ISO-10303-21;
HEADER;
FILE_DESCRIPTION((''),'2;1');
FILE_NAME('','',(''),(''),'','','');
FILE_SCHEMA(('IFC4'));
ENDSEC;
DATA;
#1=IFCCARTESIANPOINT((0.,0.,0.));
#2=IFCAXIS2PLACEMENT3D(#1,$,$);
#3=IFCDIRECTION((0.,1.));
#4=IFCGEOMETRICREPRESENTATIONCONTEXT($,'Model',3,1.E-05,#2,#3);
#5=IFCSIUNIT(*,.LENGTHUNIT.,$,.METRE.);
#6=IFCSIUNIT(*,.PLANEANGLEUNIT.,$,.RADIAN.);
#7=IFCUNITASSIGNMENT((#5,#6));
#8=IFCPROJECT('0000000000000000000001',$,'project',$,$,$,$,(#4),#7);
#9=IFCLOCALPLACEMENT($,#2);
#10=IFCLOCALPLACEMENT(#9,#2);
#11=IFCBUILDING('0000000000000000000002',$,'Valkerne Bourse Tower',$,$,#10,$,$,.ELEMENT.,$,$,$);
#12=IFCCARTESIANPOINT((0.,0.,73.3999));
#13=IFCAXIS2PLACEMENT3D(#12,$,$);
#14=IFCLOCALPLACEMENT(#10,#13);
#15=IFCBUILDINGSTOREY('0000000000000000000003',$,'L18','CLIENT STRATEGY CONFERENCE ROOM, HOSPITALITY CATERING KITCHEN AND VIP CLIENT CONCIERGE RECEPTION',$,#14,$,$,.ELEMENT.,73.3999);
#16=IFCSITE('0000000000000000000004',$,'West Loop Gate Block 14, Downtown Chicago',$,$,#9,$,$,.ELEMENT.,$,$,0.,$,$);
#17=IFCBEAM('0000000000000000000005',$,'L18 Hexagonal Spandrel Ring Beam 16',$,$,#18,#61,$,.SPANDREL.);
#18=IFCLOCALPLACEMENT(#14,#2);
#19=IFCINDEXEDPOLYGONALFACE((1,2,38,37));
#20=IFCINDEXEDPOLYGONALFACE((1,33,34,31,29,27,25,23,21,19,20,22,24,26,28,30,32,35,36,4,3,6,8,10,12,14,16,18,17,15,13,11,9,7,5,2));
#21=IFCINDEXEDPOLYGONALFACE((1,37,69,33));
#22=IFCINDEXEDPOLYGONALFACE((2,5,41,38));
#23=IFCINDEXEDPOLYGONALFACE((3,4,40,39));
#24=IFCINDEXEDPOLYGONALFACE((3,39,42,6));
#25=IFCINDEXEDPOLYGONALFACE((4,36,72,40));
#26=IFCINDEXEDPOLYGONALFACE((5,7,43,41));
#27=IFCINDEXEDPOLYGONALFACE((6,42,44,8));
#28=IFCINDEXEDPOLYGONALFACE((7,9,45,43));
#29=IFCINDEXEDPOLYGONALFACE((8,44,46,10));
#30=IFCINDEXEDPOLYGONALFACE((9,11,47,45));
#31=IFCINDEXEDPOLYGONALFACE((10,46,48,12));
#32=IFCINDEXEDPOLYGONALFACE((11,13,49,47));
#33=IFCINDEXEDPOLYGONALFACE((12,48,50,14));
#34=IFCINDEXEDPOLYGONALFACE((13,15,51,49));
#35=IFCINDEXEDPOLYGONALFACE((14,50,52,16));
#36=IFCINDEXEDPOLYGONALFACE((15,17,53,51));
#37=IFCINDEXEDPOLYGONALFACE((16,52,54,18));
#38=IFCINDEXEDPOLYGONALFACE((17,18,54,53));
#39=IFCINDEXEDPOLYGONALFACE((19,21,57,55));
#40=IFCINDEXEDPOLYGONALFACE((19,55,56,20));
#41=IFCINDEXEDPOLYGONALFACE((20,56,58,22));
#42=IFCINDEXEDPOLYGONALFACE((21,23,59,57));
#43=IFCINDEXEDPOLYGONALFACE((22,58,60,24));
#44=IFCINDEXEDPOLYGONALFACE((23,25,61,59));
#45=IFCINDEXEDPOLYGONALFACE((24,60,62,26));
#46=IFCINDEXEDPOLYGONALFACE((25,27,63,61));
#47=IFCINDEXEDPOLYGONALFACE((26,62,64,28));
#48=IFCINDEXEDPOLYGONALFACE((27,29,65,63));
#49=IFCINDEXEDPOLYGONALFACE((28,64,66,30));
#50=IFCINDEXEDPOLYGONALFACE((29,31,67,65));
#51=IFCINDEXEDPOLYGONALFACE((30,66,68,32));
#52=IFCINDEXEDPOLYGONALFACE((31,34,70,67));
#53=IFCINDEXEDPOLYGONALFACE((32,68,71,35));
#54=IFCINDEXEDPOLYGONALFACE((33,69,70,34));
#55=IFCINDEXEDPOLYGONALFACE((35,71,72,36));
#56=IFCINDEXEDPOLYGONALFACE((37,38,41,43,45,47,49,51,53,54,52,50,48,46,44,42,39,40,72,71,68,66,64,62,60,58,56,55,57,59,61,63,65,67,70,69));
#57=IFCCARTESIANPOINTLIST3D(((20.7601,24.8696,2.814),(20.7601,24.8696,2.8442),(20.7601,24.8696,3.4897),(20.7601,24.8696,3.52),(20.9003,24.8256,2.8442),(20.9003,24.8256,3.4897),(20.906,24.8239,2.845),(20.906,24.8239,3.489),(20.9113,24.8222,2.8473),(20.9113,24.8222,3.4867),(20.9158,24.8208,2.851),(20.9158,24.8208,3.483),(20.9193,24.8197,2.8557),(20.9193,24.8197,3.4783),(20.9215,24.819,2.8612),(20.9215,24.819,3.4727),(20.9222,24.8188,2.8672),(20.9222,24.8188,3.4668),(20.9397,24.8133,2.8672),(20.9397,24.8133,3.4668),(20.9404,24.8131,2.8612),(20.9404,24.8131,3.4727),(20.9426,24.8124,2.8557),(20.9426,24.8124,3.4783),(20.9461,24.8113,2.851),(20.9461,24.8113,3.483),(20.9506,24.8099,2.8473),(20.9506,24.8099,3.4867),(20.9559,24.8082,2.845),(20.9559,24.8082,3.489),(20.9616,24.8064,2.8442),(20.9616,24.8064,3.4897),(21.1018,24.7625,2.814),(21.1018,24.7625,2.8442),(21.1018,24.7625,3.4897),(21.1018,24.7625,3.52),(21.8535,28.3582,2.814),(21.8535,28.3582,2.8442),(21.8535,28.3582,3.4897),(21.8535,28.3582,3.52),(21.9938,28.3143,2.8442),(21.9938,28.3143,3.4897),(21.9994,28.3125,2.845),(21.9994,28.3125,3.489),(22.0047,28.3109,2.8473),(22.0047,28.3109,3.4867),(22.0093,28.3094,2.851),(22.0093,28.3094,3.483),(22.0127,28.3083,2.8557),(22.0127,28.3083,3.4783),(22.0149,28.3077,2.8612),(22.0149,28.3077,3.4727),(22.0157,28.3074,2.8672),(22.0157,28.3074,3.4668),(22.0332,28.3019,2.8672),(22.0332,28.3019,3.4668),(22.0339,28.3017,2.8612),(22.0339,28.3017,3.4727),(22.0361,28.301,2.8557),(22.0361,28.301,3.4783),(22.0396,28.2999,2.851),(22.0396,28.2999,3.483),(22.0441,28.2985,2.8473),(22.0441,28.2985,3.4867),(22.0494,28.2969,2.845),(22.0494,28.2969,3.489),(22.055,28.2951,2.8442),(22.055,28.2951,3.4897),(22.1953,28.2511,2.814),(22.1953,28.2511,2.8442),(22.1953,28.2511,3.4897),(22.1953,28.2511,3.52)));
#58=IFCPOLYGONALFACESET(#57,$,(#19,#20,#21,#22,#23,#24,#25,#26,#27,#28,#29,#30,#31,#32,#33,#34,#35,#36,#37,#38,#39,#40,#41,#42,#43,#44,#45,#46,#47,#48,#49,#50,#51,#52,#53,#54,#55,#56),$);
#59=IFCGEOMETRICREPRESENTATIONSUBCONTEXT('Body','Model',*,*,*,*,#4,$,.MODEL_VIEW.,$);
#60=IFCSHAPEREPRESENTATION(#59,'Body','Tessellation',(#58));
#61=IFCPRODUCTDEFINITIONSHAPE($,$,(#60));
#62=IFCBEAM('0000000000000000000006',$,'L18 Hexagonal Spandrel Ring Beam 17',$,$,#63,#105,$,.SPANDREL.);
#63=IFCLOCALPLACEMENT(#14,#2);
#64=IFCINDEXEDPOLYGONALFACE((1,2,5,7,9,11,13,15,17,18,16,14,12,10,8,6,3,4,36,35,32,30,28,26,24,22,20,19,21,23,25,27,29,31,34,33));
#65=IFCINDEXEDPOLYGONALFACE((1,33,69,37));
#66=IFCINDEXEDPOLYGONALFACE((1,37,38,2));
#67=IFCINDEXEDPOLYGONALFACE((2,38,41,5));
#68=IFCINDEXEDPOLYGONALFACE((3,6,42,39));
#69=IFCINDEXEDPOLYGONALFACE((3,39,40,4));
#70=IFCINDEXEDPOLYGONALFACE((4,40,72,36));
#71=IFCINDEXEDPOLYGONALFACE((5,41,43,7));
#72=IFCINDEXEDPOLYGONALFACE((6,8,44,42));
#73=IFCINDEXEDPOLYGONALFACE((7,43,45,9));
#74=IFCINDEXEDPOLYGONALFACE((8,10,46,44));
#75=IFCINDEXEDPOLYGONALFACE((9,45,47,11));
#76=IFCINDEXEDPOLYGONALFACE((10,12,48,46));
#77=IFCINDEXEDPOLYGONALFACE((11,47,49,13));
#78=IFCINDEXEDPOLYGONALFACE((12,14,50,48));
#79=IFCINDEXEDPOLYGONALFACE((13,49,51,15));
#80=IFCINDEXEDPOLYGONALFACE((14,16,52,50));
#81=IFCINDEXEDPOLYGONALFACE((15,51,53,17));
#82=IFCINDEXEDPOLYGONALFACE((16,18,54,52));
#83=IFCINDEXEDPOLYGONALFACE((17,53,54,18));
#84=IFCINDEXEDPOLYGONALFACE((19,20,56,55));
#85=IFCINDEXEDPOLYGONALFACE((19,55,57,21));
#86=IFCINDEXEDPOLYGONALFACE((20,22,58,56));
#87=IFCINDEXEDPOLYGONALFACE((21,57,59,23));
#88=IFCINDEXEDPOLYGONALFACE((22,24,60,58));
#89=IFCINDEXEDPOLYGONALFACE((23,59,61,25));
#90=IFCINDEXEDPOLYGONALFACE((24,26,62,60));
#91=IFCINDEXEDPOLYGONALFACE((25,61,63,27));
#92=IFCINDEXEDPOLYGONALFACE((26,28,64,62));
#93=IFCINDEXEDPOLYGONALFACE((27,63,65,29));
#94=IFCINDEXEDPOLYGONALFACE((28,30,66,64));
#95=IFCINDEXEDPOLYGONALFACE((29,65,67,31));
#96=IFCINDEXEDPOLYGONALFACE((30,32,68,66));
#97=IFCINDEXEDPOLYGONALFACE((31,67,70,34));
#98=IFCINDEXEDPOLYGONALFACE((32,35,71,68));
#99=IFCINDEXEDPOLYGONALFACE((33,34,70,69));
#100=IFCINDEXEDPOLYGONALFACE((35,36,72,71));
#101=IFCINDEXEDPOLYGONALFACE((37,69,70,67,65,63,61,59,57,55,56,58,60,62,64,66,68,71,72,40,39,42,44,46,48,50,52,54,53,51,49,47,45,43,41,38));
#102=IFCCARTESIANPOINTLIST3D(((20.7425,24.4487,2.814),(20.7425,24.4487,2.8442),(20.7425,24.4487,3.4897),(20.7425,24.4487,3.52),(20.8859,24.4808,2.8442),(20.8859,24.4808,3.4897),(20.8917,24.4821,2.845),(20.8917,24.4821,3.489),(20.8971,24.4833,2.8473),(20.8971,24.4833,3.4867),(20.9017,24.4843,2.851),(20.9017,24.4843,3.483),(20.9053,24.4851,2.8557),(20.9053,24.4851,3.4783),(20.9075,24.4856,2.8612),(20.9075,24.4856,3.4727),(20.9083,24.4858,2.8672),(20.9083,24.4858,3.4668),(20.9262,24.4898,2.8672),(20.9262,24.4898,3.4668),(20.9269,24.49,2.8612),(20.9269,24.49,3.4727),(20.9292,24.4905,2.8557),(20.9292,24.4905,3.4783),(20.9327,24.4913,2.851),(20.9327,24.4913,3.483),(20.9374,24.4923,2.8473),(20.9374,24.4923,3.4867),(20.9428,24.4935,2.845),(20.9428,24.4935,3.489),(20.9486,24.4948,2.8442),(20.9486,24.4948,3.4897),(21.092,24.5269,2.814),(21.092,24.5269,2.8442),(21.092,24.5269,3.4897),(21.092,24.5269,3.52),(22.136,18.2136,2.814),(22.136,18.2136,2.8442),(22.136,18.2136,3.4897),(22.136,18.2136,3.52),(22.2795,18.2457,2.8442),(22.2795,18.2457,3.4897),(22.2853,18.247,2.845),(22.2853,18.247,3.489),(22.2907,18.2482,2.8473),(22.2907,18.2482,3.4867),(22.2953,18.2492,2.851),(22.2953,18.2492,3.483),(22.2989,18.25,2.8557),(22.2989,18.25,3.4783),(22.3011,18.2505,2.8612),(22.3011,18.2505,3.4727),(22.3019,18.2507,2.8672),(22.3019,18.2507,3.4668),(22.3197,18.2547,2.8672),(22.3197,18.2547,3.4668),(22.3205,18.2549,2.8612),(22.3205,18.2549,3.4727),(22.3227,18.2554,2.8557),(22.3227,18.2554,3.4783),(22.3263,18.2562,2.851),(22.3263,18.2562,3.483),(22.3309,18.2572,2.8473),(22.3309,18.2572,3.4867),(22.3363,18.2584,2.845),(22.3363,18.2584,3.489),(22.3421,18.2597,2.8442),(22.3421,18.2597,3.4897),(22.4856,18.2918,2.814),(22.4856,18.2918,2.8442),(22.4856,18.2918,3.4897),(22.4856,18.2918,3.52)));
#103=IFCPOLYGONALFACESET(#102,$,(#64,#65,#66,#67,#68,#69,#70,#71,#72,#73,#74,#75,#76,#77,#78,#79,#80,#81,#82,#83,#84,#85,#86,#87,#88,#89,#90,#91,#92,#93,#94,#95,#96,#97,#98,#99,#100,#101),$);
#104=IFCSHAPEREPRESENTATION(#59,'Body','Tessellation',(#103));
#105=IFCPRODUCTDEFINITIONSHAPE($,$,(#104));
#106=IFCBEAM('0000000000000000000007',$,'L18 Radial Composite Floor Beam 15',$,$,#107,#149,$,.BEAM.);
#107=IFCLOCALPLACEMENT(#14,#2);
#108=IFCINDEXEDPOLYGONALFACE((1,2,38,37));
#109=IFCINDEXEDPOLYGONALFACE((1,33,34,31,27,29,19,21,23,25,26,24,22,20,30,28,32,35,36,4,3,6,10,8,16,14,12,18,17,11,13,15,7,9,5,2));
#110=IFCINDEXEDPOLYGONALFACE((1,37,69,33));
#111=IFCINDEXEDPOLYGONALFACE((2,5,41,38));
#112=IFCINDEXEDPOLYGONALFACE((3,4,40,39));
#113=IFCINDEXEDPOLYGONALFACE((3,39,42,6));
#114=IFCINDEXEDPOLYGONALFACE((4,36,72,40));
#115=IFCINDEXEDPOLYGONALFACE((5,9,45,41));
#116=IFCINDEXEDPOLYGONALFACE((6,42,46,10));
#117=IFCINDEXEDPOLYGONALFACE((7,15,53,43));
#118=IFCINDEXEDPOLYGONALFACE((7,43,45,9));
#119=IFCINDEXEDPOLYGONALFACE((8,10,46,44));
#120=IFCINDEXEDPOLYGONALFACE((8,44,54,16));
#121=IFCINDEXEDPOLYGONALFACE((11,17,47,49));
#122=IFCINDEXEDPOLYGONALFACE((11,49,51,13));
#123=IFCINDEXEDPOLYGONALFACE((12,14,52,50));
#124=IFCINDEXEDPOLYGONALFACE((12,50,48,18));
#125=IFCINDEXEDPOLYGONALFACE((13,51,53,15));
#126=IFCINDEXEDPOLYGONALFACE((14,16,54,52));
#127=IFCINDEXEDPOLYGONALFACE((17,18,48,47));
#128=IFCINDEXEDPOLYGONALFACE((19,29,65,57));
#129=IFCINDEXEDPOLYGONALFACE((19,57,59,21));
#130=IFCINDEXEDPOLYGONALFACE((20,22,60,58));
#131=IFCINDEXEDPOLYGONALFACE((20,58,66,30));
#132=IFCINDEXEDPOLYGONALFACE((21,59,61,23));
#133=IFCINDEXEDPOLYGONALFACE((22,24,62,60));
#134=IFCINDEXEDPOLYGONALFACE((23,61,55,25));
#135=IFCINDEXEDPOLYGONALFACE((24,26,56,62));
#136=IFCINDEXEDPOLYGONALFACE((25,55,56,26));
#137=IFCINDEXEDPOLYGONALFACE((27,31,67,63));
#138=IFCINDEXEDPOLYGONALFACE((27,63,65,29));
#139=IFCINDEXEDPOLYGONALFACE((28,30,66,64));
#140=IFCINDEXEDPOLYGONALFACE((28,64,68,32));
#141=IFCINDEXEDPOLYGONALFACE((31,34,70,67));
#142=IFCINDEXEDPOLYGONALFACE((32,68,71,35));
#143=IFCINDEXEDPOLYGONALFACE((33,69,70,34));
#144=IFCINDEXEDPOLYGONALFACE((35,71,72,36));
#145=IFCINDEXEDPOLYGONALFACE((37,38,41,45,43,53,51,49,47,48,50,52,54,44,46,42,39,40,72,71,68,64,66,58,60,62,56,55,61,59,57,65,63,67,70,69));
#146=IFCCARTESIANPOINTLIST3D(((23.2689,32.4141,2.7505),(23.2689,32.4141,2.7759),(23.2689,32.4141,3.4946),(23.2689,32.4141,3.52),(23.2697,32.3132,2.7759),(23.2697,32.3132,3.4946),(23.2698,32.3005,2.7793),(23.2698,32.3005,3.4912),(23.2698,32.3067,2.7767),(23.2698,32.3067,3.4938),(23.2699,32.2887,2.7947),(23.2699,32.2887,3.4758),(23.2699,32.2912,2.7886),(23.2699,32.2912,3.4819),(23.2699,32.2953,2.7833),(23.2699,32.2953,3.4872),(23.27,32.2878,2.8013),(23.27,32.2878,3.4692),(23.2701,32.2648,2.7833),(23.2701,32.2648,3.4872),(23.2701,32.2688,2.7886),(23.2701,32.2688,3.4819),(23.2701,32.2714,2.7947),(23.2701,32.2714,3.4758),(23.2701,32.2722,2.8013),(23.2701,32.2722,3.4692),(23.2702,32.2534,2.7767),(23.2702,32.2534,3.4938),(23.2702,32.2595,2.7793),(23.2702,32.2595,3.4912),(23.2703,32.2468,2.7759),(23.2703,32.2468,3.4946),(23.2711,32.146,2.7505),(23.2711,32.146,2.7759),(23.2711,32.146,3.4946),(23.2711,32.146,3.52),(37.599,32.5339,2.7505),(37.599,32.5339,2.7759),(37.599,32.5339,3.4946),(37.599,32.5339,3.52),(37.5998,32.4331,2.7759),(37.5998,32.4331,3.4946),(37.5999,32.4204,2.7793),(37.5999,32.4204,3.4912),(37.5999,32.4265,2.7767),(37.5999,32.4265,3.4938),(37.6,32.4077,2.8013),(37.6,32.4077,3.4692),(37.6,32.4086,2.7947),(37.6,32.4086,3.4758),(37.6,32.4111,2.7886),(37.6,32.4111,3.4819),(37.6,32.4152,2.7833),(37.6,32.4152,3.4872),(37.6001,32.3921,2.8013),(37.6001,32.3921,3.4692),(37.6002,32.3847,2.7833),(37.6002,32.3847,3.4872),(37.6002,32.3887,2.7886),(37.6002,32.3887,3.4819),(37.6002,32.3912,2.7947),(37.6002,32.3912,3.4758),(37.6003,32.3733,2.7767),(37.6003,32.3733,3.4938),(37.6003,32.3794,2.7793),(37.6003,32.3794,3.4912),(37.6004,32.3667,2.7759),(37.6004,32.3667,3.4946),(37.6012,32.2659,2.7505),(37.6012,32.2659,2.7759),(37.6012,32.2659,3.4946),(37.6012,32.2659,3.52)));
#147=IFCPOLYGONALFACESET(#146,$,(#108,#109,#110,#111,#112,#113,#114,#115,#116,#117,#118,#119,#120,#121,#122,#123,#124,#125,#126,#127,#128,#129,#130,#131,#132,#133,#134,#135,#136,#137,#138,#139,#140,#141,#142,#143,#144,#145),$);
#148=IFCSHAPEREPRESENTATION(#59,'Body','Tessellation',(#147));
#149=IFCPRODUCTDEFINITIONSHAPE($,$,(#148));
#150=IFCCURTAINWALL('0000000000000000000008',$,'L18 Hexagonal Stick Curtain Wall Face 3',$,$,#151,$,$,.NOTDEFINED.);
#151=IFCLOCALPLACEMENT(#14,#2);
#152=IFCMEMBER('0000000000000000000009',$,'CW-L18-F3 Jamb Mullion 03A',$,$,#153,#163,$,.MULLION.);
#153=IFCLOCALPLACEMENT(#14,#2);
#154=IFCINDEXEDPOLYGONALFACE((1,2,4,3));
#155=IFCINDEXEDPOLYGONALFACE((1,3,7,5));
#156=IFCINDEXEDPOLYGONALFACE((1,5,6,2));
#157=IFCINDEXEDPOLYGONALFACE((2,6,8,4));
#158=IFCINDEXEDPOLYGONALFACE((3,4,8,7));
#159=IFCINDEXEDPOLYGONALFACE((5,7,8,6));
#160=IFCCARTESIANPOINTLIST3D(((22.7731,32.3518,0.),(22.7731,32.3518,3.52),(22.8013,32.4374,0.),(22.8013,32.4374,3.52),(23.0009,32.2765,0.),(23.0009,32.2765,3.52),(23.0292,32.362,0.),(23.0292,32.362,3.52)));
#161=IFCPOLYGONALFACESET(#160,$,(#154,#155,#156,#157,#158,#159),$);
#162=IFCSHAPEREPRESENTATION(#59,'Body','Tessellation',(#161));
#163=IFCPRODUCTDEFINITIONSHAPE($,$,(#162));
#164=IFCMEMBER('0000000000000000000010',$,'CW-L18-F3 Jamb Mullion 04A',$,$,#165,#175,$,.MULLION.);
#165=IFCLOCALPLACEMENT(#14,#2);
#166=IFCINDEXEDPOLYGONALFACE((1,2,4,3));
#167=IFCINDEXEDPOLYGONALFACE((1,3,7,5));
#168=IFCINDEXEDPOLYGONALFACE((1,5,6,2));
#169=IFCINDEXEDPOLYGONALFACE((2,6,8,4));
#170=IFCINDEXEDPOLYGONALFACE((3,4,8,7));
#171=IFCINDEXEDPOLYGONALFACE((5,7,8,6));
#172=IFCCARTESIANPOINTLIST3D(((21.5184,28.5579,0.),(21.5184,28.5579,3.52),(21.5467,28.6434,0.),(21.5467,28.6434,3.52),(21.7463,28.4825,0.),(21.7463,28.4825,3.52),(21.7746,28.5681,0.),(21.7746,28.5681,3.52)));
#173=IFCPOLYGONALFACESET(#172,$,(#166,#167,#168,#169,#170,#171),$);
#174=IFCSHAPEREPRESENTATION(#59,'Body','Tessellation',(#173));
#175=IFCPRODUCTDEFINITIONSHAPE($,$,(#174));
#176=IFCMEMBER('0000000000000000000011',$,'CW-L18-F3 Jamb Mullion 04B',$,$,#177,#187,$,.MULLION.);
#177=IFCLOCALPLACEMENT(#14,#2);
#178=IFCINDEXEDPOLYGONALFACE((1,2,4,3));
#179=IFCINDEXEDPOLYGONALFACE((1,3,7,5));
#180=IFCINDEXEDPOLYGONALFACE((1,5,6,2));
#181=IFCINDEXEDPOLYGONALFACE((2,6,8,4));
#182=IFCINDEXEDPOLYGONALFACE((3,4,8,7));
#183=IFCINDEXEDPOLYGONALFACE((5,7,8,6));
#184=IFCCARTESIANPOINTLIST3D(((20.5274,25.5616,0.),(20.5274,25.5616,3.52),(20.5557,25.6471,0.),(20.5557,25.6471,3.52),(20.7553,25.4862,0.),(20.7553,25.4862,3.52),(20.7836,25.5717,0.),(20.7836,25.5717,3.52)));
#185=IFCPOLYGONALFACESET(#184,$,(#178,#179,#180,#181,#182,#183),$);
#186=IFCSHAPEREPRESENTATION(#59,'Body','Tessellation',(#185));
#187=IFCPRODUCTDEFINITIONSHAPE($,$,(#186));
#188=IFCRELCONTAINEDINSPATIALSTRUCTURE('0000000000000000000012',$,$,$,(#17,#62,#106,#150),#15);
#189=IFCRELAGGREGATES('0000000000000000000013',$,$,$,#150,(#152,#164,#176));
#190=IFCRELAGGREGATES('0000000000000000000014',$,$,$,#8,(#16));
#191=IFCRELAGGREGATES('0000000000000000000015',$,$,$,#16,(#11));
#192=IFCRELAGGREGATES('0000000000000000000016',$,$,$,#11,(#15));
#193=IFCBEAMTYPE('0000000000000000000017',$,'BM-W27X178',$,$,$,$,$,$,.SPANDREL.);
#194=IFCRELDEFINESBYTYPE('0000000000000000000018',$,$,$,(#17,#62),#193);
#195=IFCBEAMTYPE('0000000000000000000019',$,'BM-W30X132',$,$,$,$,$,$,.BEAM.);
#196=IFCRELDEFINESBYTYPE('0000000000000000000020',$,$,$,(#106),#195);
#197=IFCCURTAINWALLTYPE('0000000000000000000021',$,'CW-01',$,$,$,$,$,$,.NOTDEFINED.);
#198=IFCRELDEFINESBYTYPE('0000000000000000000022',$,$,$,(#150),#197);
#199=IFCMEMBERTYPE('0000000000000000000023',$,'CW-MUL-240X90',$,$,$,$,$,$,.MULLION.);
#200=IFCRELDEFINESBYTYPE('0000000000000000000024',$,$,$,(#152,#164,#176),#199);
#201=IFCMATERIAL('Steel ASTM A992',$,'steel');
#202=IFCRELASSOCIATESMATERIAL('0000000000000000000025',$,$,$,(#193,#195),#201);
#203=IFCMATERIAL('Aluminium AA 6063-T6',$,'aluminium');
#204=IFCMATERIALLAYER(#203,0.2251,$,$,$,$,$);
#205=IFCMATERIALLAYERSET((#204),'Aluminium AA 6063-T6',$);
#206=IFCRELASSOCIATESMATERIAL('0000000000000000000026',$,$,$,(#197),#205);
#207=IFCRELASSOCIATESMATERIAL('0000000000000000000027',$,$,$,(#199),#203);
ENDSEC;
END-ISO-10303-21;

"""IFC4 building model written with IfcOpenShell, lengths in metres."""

from ifc_helpers import new_model, si_unit, direction, frame, origin, origin_2d, place, context, subcontext, project, spatial, rectangle, i_section, extrude, material, layer, layer_set, material_profile, profile_set, type_object, element, aggregate, save


model = new_model("IFC4")

# Units and contexts
model_context = context("Model", 3, precision=1e-05, world=origin(), true_north=direction((0.0, 1.0)))
body_context = subcontext(model_context, "Body", "Model", "MODEL_VIEW")
ifc_project = project(units=[si_unit("LENGTHUNIT", "METRE"), si_unit("PLANEANGLEUNIT", "RADIAN")], contexts=[model_context])

# Site, building, storey
site_placement = place(None, origin())
site = spatial("IfcSite", under=ifc_project, at=site_placement, Name="West Loop Gate Block 14, Downtown Chicago", CompositionType="ELEMENT", RefElevation=0.0)
building_placement = place(site_placement, origin())
building = spatial("IfcBuilding", under=site, at=building_placement, Name="Valkerne Bourse Tower", CompositionType="ELEMENT")
storey_placement = place(building_placement, frame((0.0, 0.0, 73.3999)))
storey = spatial("IfcBuildingStorey", under=building, at=storey_placement, Name="L18", Description="CLIENT STRATEGY CONFERENCE ROOM, HOSPITALITY CATERING KITCHEN AND VIP CLIENT CONCIERGE RECEPTION", CompositionType="ELEMENT", Elevation=73.3999)

# Beams
ifc_material_1 = material(Name="Steel ASTM A992", Category="steel")
ifc_material_profile_1 = material_profile(ifc_material_1, i_section(OverallWidth=0.3582, OverallDepth=0.7061, WebThickness=0.0183, FlangeThickness=0.0303, FilletRadius=0.0229, at=origin_2d()), Name="W27X178")
ifc_profile_set_1 = profile_set([ifc_material_profile_1], Name="Steel ASTM A992")
beam_type_1 = type_object("IfcBeamType", Name="BM-W27X178", PredefinedType="SPANDREL", material=ifc_profile_set_1)
for number, where, z_axis, x_axis, name in (
    (1, (22.0244, 28.3047, 3.167), (-0.299089, -0.954225, 0.0), (0.954225, -0.299089, 0.0), "L18 Hexagonal Spandrel Ring Beam 16"),
):
    element("IfcBeam", number, at=place(storey_placement, frame(where, z_axis=z_axis, x_axis=x_axis)), inside=storey, type_object=beam_type_1, Name=name, PredefinedType="SPANDREL", context=body_context, shape_type="SweptSolid", body=[
        extrude(i_section(OverallWidth=0.3582, OverallDepth=0.7061, WebThickness=0.0183, FlangeThickness=0.0303, FilletRadius=0.0229, at=origin_2d()), origin(), (0.0, 0.0, 1.0), 3.656),
    ])
beam_1_placement = place(storey_placement, frame((20.9172, 24.4878, 3.167), z_axis=(0.21812, -0.975922, 0.0), x_axis=(0.975922, 0.21812, 0.0)))
element("IfcBeam", 2, at=beam_1_placement, inside=storey, type_object=beam_type_1, Name="L18 Hexagonal Spandrel Ring Beam 17", PredefinedType="SPANDREL", context=body_context, shape_type="SweptSolid", body=[
    extrude(i_section(OverallWidth=0.3582, OverallDepth=0.7061, WebThickness=0.0183, FlangeThickness=0.0303, FilletRadius=0.0229, at=origin_2d()), origin(), (0.0, 0.0, 1.0), 6.3889),
])
ifc_material_profile_2 = material_profile(ifc_material_1, i_section(OverallWidth=0.2681, OverallDepth=0.7695, WebThickness=0.0156, FlangeThickness=0.0254, FilletRadius=0.0254, at=origin_2d()), Name="W30X132")
ifc_profile_set_2 = profile_set([ifc_material_profile_2], Name="Steel ASTM A992")
beam_type_2 = type_object("IfcBeamType", Name="BM-W30X132", PredefinedType="BEAM", material=ifc_profile_set_2)
beam_2_placement = place(storey_placement, frame((23.27, 32.28, 3.1353), z_axis=(0.999965, 0.008365, 0.0), x_axis=(-0.008365, 0.999965, 0.0)))
element("IfcBeam", 3, at=beam_2_placement, inside=storey, type_object=beam_type_2, Name="L18 Radial Composite Floor Beam 15", PredefinedType="BEAM", context=body_context, shape_type="SweptSolid", body=[
    extrude(i_section(OverallWidth=0.2681, OverallDepth=0.7695, WebThickness=0.0156, FlangeThickness=0.0254, FilletRadius=0.0254, at=origin_2d()), origin(), (0.0, 0.0, 1.0), 14.3306),
])

# Curtain wall, members
ifc_material_2 = material(Name="Aluminium AA 6063-T6", Category="aluminium")
ifc_layer_1 = layer(ifc_material_2, 0.2251)
ifc_layer_set_1 = layer_set([ifc_layer_1], Name="Aluminium AA 6063-T6")
curtain_wall_type = type_object("IfcCurtainWallType", Name="CW-01", PredefinedType="NOTDEFINED", material=ifc_layer_set_1)
curtain_wall_placement = place(storey_placement, origin())
curtain_wall = element("IfcCurtainWall", 4, at=curtain_wall_placement, inside=storey, type_object=curtain_wall_type, Name="L18 Hexagonal Stick Curtain Wall Face 3", PredefinedType="NOTDEFINED")
ifc_material_profile_3 = material_profile(ifc_material_2, rectangle(XDim=0.0901, YDim=0.24, at=origin_2d()), Name="CWM-90X240")
ifc_profile_set_3 = profile_set([ifc_material_profile_3], Name="Aluminium AA 6063-T6")
member_type_1 = type_object("IfcMemberType", Name="CW-MUL-240X90", PredefinedType="MULLION", material=ifc_profile_set_3)
member_1_placement = place(storey_placement, frame((22.9011, 32.3569, 0.0), z_axis=(0.0, 0.0, 1.0), x_axis=(-0.314012, -0.949419, 0.0)))
member_1 = element("IfcMember", 5, at=member_1_placement, type_object=member_type_1, Name="CW-L18-F3 Jamb Mullion 03A", PredefinedType="MULLION", context=body_context, shape_type="SweptSolid", body=[
    extrude(rectangle(XDim=0.0901, YDim=0.24, at=origin_2d()), origin(), (0.0, 0.0, 1.0), 3.52),
])
member_2_placement = place(storey_placement, frame((21.6465, 28.563, 0.0), z_axis=(0.0, 0.0, 1.0), x_axis=(-0.31399, -0.949426, 0.0)))
member_2 = element("IfcMember", 6, at=member_2_placement, type_object=member_type_1, Name="CW-L18-F3 Jamb Mullion 04A", PredefinedType="MULLION", context=body_context, shape_type="SweptSolid", body=[
    extrude(rectangle(XDim=0.0901, YDim=0.24, at=origin_2d()), origin(), (0.0, 0.0, 1.0), 3.52),
])
member_3_placement = place(storey_placement, frame((20.6555, 25.5667, 0.0), z_axis=(0.0, 0.0, 1.0), x_axis=(-0.31399, -0.949426, 0.0)))
member_3 = element("IfcMember", 7, at=member_3_placement, type_object=member_type_1, Name="CW-L18-F3 Jamb Mullion 04B", PredefinedType="MULLION", context=body_context, shape_type="SweptSolid", body=[
    extrude(rectangle(XDim=0.0901, YDim=0.24, at=origin_2d()), origin(), (0.0, 0.0, 1.0), 3.52),
])

aggregate(curtain_wall, [member_1, member_2, member_3])

save(model, "model.ifc")
